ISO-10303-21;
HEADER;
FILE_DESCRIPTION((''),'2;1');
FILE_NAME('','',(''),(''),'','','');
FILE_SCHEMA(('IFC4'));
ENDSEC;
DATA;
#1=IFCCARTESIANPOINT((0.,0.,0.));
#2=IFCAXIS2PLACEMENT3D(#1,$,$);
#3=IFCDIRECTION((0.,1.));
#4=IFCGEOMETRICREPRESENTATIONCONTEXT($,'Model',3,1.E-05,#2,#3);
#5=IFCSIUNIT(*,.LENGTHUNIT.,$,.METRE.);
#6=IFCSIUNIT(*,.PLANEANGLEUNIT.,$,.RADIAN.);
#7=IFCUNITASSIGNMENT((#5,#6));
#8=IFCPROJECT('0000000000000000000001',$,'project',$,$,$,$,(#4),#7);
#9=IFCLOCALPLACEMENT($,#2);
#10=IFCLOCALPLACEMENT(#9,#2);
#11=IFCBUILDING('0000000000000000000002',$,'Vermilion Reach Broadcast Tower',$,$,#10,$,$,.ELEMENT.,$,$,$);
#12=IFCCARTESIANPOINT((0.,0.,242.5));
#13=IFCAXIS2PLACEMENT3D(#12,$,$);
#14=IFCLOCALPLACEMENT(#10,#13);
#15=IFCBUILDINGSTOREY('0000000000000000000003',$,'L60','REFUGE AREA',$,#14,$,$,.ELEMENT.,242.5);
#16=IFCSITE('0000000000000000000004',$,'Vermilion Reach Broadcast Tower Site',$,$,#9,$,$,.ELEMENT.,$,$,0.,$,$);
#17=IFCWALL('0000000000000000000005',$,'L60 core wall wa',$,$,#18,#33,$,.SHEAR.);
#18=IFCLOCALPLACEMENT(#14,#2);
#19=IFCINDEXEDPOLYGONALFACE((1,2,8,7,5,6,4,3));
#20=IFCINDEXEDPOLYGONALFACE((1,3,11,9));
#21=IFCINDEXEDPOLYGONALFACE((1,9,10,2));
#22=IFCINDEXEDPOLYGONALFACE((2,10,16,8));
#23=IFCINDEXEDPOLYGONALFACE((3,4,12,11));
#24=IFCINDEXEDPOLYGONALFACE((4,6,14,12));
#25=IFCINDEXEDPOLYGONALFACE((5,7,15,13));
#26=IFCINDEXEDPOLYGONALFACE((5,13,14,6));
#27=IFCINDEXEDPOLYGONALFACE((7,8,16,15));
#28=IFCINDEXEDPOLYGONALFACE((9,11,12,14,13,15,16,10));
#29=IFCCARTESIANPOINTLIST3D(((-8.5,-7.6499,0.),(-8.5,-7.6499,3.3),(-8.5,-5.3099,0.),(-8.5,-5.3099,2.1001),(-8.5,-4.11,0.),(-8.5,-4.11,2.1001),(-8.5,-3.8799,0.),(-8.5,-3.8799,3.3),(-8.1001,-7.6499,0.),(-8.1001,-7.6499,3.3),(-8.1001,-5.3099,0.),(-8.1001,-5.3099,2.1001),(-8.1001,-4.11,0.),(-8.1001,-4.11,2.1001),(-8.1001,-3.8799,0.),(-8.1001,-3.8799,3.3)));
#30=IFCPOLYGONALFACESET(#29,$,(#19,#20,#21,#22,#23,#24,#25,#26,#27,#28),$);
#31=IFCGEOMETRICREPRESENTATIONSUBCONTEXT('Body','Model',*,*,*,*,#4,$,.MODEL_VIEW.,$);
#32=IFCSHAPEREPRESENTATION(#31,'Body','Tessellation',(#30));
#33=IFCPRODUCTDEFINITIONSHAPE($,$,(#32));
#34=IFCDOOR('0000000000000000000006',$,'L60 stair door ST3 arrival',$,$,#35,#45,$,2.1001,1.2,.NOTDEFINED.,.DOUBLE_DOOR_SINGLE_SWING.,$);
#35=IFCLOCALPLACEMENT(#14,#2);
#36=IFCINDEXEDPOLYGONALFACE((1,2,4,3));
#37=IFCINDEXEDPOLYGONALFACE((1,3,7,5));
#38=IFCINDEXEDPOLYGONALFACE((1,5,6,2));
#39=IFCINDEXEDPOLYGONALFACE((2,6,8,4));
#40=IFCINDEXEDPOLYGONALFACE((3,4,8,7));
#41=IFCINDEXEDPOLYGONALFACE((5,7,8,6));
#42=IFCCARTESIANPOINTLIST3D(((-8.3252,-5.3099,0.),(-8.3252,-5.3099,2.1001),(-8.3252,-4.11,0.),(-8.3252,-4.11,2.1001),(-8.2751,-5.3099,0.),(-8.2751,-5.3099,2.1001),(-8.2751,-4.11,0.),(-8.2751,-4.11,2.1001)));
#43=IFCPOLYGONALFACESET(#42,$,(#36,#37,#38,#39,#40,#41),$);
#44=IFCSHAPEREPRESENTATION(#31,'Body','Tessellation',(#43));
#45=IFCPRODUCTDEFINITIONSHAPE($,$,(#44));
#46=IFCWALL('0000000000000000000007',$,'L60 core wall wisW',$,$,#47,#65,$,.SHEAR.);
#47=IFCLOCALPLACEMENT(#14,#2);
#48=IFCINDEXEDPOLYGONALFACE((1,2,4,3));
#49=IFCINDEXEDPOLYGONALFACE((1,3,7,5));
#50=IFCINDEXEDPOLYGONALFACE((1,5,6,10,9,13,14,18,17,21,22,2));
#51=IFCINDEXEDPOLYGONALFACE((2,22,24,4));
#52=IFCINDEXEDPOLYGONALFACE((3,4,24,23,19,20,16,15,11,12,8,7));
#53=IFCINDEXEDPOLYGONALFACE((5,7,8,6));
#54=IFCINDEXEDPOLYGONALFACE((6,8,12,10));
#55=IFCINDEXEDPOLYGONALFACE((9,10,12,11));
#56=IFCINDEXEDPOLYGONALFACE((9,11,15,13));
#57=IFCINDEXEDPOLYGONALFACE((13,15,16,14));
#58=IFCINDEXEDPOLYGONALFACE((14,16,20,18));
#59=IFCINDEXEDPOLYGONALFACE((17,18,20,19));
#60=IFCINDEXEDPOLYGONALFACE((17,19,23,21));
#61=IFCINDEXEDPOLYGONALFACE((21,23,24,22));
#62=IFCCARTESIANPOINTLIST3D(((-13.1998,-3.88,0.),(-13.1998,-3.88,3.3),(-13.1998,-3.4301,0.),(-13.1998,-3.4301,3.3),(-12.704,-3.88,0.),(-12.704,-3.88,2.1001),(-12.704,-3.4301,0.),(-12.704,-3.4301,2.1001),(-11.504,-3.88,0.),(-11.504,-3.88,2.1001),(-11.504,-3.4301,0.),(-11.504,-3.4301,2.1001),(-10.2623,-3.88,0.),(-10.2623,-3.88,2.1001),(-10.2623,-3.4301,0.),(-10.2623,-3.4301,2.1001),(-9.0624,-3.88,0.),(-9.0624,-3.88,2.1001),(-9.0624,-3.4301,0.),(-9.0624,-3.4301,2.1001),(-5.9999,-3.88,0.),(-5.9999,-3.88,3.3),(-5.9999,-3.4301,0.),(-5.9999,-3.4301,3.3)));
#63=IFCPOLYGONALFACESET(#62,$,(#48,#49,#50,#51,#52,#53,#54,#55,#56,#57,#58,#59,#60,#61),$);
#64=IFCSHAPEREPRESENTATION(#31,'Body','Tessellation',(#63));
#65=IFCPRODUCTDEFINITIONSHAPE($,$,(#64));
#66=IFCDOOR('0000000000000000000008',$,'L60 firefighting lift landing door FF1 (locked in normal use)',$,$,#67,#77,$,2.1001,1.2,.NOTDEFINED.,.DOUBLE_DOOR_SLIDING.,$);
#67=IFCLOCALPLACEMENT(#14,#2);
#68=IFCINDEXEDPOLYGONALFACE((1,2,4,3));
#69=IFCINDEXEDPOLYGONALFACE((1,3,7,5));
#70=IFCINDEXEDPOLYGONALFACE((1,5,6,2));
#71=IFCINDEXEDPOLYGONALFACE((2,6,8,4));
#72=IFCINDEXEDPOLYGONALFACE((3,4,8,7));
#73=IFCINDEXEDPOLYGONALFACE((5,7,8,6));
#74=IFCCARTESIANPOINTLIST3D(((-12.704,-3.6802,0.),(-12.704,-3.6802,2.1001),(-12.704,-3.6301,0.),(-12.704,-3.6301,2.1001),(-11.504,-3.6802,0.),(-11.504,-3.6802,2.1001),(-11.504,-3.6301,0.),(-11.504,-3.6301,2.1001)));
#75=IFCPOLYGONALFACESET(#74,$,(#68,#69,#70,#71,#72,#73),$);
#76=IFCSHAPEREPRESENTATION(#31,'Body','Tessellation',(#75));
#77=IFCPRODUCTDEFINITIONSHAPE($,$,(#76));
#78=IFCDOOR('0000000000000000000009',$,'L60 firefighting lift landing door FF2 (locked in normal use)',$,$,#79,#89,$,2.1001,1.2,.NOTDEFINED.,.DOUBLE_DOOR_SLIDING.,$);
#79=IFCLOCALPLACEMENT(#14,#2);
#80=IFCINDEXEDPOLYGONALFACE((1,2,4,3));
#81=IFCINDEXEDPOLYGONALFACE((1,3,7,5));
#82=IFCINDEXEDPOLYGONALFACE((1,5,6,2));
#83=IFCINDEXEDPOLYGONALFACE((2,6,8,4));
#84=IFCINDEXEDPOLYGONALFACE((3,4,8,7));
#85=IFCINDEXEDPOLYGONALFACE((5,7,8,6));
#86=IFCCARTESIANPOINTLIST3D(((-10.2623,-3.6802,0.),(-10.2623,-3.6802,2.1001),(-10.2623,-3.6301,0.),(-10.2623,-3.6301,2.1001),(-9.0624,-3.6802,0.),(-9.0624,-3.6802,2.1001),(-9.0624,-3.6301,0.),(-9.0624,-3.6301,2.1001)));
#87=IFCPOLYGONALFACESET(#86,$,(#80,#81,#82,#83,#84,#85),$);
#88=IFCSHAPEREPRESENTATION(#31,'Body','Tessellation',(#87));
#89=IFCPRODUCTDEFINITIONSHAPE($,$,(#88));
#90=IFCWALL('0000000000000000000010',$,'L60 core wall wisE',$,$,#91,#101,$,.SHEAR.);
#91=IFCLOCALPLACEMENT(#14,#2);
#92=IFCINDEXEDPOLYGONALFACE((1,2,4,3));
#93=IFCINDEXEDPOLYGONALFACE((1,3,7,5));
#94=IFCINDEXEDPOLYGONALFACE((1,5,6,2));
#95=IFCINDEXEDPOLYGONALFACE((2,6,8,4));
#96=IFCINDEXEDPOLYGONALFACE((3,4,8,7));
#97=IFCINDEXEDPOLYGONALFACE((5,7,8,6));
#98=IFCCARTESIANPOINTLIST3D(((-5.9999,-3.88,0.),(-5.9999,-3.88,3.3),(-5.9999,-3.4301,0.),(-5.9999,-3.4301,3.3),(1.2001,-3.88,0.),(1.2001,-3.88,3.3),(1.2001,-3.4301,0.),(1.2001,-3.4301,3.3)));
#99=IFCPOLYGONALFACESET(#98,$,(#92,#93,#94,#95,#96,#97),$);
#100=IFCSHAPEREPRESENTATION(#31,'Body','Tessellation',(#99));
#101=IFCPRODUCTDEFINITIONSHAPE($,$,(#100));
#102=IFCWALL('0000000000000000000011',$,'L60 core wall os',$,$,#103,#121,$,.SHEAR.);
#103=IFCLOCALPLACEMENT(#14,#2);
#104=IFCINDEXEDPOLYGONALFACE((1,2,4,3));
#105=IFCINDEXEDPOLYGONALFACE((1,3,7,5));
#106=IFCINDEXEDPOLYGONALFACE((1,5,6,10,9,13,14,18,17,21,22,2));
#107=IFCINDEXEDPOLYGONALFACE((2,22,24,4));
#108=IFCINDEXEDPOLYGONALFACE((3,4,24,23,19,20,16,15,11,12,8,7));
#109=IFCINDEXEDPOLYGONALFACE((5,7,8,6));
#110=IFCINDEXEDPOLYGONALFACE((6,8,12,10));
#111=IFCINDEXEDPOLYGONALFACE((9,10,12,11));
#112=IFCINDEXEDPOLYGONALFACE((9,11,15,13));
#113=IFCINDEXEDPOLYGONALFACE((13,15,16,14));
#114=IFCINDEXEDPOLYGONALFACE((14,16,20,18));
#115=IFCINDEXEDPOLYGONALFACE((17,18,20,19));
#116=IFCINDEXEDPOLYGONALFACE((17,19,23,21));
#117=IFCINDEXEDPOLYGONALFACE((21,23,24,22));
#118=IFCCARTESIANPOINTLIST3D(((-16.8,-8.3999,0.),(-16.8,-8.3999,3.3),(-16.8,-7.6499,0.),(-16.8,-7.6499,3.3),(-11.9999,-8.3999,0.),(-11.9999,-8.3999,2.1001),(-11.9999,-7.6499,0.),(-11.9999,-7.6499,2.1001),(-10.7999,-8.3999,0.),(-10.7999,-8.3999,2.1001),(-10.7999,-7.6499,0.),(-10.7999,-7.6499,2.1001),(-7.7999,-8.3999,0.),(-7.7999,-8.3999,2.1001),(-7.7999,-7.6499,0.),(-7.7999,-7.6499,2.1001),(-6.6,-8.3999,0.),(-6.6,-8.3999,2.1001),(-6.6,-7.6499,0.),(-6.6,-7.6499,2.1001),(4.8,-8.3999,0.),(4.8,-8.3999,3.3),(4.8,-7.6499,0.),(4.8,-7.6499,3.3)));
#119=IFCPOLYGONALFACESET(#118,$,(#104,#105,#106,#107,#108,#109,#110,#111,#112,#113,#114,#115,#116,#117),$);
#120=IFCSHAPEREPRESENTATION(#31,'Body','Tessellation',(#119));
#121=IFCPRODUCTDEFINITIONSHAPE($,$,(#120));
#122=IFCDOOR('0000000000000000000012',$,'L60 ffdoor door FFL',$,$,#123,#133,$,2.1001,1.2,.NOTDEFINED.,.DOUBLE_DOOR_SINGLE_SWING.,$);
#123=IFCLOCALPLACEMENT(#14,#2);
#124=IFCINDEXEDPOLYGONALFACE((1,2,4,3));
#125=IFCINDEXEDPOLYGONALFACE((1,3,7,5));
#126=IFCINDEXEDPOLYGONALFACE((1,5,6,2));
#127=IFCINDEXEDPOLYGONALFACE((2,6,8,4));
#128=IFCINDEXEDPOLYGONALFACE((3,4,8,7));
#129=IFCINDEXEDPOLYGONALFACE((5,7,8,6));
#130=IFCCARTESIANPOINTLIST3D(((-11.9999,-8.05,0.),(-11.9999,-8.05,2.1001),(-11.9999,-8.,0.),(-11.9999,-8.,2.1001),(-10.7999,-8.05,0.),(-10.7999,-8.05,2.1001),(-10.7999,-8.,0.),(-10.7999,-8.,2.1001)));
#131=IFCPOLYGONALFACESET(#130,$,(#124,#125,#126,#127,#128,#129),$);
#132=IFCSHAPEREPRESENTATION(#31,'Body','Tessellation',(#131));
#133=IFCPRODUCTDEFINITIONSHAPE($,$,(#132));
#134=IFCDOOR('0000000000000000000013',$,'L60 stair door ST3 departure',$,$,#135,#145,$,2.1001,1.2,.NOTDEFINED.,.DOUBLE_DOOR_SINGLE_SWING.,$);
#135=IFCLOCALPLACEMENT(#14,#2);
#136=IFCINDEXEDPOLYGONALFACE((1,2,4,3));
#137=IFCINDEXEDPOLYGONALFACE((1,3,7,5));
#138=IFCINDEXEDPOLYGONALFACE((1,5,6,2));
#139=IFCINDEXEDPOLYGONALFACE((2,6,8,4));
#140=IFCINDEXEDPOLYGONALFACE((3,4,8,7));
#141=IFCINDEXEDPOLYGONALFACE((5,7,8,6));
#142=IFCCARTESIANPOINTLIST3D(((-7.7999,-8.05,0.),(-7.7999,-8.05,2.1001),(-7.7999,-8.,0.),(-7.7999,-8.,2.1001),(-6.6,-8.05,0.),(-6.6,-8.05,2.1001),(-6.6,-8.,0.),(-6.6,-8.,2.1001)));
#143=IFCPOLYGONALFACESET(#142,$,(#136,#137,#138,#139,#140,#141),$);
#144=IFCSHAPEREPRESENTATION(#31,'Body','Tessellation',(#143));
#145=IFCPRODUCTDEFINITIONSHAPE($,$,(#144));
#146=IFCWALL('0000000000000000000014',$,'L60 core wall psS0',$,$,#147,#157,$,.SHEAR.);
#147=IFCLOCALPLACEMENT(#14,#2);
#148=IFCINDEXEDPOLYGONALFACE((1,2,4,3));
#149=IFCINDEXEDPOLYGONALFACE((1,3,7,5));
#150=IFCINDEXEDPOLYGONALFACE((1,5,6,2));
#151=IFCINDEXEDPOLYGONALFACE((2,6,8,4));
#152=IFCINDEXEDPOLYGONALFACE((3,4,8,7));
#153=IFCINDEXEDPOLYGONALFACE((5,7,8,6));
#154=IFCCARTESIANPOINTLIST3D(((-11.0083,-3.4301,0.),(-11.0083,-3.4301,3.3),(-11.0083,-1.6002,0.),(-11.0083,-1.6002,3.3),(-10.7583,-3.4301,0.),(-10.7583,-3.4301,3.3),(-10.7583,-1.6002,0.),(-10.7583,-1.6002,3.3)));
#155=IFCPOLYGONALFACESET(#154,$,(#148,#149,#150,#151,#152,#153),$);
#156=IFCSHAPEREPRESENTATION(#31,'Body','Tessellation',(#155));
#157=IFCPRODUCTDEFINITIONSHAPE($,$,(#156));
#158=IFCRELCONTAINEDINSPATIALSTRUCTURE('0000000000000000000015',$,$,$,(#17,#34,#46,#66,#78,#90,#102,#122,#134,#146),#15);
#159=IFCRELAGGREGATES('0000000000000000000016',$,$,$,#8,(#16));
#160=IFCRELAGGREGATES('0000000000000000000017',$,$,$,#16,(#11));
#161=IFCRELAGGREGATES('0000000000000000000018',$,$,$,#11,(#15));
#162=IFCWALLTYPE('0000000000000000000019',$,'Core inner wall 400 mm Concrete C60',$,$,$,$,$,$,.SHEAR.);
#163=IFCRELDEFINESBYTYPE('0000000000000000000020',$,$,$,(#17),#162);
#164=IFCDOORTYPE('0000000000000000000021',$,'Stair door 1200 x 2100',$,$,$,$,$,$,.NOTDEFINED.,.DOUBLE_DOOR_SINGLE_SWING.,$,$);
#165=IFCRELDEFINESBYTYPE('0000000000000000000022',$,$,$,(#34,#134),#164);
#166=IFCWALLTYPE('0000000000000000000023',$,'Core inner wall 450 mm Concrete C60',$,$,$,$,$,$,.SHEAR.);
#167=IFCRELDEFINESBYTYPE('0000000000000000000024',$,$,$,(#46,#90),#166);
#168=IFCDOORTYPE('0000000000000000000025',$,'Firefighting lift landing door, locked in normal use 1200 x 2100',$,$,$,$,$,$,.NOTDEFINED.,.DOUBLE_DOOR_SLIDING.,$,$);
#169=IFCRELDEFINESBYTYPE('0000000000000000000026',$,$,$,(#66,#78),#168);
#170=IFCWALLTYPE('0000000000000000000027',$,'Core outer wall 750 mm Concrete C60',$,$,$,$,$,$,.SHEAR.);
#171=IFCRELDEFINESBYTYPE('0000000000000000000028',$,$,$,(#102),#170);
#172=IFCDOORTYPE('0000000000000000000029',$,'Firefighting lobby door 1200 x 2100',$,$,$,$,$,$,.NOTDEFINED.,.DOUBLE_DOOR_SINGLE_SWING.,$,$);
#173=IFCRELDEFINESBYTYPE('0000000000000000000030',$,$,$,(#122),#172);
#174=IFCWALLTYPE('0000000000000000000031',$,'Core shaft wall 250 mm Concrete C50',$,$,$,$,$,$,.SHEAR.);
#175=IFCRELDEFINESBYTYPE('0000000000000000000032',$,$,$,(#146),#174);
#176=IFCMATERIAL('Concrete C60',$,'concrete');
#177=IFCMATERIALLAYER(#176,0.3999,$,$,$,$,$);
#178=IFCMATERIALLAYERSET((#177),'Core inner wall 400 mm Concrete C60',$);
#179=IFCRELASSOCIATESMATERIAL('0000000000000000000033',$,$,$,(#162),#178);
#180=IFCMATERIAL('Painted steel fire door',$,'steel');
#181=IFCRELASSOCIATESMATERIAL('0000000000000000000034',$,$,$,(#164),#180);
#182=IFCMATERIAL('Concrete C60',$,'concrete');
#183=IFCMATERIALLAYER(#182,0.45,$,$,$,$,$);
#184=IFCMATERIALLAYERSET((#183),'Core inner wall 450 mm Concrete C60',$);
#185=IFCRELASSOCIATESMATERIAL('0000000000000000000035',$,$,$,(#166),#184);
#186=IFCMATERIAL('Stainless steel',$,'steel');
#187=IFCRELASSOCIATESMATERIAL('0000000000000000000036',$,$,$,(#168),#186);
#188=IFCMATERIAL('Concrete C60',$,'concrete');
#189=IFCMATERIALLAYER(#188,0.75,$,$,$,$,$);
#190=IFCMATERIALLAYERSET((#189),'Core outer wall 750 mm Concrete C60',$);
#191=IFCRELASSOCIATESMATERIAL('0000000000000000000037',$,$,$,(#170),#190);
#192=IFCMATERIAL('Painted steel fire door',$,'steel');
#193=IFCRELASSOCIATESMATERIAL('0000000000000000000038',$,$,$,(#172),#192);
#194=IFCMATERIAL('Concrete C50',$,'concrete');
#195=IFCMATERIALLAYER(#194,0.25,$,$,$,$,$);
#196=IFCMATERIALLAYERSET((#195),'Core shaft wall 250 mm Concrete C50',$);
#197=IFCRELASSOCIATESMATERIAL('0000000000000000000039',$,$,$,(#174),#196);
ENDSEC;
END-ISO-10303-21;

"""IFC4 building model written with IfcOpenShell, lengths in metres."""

from ifc_helpers import new_model, si_unit, direction, frame, frame_2d, origin, place, context, subcontext, project, spatial, rectangle, extrude, material, layer, layer_set, type_object, element, fill, save


model = new_model("IFC4")

# Units and contexts
model_context = context("Model", 3, precision=1e-05, world=origin(), true_north=direction((0.0, 1.0)))
body_context = subcontext(model_context, "Body", "Model", "MODEL_VIEW")
ifc_project = project(units=[si_unit("LENGTHUNIT", "METRE"), si_unit("PLANEANGLEUNIT", "RADIAN")], contexts=[model_context])

# Site, building, storey
site_placement = place(None, origin())
site = spatial("IfcSite", under=ifc_project, at=site_placement, Name="Vermilion Reach Broadcast Tower Site", CompositionType="ELEMENT", RefElevation=0.0)
building_placement = place(site_placement, origin())
building = spatial("IfcBuilding", under=site, at=building_placement, Name="Vermilion Reach Broadcast Tower", CompositionType="ELEMENT")
storey_placement = place(building_placement, frame((0.0, 0.0, 242.5)))
storey = spatial("IfcBuildingStorey", under=building, at=storey_placement, Name="L60", Description="REFUGE AREA", CompositionType="ELEMENT", Elevation=242.5)

# Wall, opening, door
ifc_material_1 = material(Name="Concrete C60", Category="concrete")
ifc_layer_1 = layer(ifc_material_1, 0.3999)
ifc_layer_set_1 = layer_set([ifc_layer_1], Name="Core inner wall 400 mm Concrete C60")
wall_type_1 = type_object("IfcWallType", Name="Core inner wall 400 mm Concrete C60", PredefinedType="SHEAR", material=ifc_layer_set_1)
wall_1_placement = place(storey_placement, frame((-8.3, -3.8799, 0.0), z_axis=(0.0, 0.0, 1.0), x_axis=(0.0, -1.0, 0.0)))
wall_1 = element("IfcWall", 1, at=wall_1_placement, inside=storey, type_object=wall_type_1, Name="L60 core wall wa", PredefinedType="SHEAR", context=body_context, shape_type="SweptSolid", body=[
    extrude(rectangle(XDim=3.77, YDim=0.3999, at=frame_2d((1.885, 0.0))), origin(), (0.0, 0.0, 1.0), 3.3),
])
opening_1_placement = place(wall_1_placement, frame((0.23, 0.0, 0.0)))
opening_1 = element("IfcOpeningElement", 2, at=opening_1_placement, cuts=wall_1, PredefinedType="OPENING", context=body_context, shape_type="SweptSolid", body=[
    extrude(rectangle(XDim=1.2, YDim=2.1001, at=frame_2d((0.6001, 1.05))), frame((0.0, 0.21, 0.0), z_axis=(0.0, -1.0, 0.0), x_axis=(1.0, 0.0, 0.0)), (0.0, 0.0, 1.0), 0.4199),
])
ifc_material_2 = material(Name="Painted steel fire door", Category="steel")
door_type_1 = type_object("IfcDoorType", Name="Stair door 1200 x 2100", OperationType="DOUBLE_DOOR_SINGLE_SWING", PredefinedType="NOTDEFINED", material=ifc_material_2)
door_1_placement = place(opening_1_placement, origin())
door_1 = element("IfcDoor", 3, at=door_1_placement, inside=storey, type_object=door_type_1, Name="L60 stair door ST3 arrival", OperationType="DOUBLE_DOOR_SINGLE_SWING", OverallHeight=2.1001, OverallWidth=1.2, PredefinedType="NOTDEFINED", context=body_context, shape_type="SweptSolid", body=[
    extrude(rectangle(XDim=1.2, YDim=2.1001, at=frame_2d((0.6001, 1.05))), frame((0.0, 0.0249, 0.0), z_axis=(0.0, -1.0, 0.0), x_axis=(1.0, 0.0, 0.0)), (0.0, 0.0, 1.0), 0.05),
])
fill(opening_1, door_1)

# Wall, openings, doors
ifc_material_3 = material(Name="Concrete C60", Category="concrete")
ifc_layer_2 = layer(ifc_material_3, 0.45)
ifc_layer_set_2 = layer_set([ifc_layer_2], Name="Core inner wall 450 mm Concrete C60")
wall_type_2 = type_object("IfcWallType", Name="Core inner wall 450 mm Concrete C60", PredefinedType="SHEAR", material=ifc_layer_set_2)
wall_2_placement = place(storey_placement, frame((-13.2, -3.655, 0.0), z_axis=(0.0, 0.0, 1.0), x_axis=(1.0, 0.0, 0.0)))
wall_2 = element("IfcWall", 4, at=wall_2_placement, inside=storey, type_object=wall_type_2, Name="L60 core wall wisW", PredefinedType="SHEAR", context=body_context, shape_type="SweptSolid", body=[
    extrude(rectangle(XDim=7.2, YDim=0.45, at=frame_2d((3.6001, 0.0))), origin(), (0.0, 0.0, 1.0), 3.3),
])
opening_2_placement = place(wall_2_placement, frame((0.4958, 0.0, 0.0)))
opening_2 = element("IfcOpeningElement", 5, at=opening_2_placement, cuts=wall_2, PredefinedType="OPENING", context=body_context, shape_type="SweptSolid", body=[
    extrude(rectangle(XDim=1.2, YDim=2.1001, at=frame_2d((0.6001, 1.05))), frame((0.0, 0.2349, 0.0), z_axis=(0.0, -1.0, 0.0), x_axis=(1.0, 0.0, 0.0)), (0.0, 0.0, 1.0), 0.47),
])
opening_3_placement = place(wall_2_placement, frame((2.9375, 0.0, 0.0)))
opening_3 = element("IfcOpeningElement", 6, at=opening_3_placement, cuts=wall_2, PredefinedType="OPENING", context=body_context, shape_type="SweptSolid", body=[
    extrude(rectangle(XDim=1.2, YDim=2.1001, at=frame_2d((0.6001, 1.05))), frame((0.0, 0.2349, 0.0), z_axis=(0.0, -1.0, 0.0), x_axis=(1.0, 0.0, 0.0)), (0.0, 0.0, 1.0), 0.47),
])
ifc_material_4 = material(Name="Stainless steel", Category="steel")
door_type_2 = type_object("IfcDoorType", Name="Firefighting lift landing door, locked in normal use 1200 x 2100", OperationType="DOUBLE_DOOR_SLIDING", PredefinedType="NOTDEFINED", material=ifc_material_4)
door_2_placement = place(opening_2_placement, origin())
door_2 = element("IfcDoor", 7, at=door_2_placement, inside=storey, type_object=door_type_2, Name="L60 firefighting lift landing door FF1 (locked in normal use)", OperationType="DOUBLE_DOOR_SLIDING", OverallHeight=2.1001, OverallWidth=1.2, PredefinedType="NOTDEFINED", context=body_context, shape_type="SweptSolid", body=[
    extrude(rectangle(XDim=1.2, YDim=2.1001, at=frame_2d((0.6001, 1.05))), frame((0.0, 0.0249, 0.0), z_axis=(0.0, -1.0, 0.0), x_axis=(1.0, 0.0, 0.0)), (0.0, 0.0, 1.0), 0.05),
])
fill(opening_2, door_2)
door_3_placement = place(opening_3_placement, origin())
door_3 = element("IfcDoor", 8, at=door_3_placement, inside=storey, type_object=door_type_2, Name="L60 firefighting lift landing door FF2 (locked in normal use)", OperationType="DOUBLE_DOOR_SLIDING", OverallHeight=2.1001, OverallWidth=1.2, PredefinedType="NOTDEFINED", context=body_context, shape_type="SweptSolid", body=[
    extrude(rectangle(XDim=1.2, YDim=2.1001, at=frame_2d((0.6001, 1.05))), frame((0.0, 0.0249, 0.0), z_axis=(0.0, -1.0, 0.0), x_axis=(1.0, 0.0, 0.0)), (0.0, 0.0, 1.0), 0.05),
])
fill(opening_3, door_3)

# Wall
wall_3_placement = place(storey_placement, frame((-6.0, -3.655, 0.0), z_axis=(0.0, 0.0, 1.0), x_axis=(1.0, 0.0, 0.0)))
element("IfcWall", 9, at=wall_3_placement, inside=storey, type_object=wall_type_2, Name="L60 core wall wisE", PredefinedType="SHEAR", context=body_context, shape_type="SweptSolid", body=[
    extrude(rectangle(XDim=7.2, YDim=0.45, at=frame_2d((3.6001, 0.0))), origin(), (0.0, 0.0, 1.0), 3.3),
])

# Wall, openings, doors
ifc_material_5 = material(Name="Concrete C60", Category="concrete")
ifc_layer_3 = layer(ifc_material_5, 0.75)
ifc_layer_set_3 = layer_set([ifc_layer_3], Name="Core outer wall 750 mm Concrete C60")
wall_type_3 = type_object("IfcWallType", Name="Core outer wall 750 mm Concrete C60", PredefinedType="SHEAR", material=ifc_layer_set_3)
wall_4_placement = place(storey_placement, frame((-16.8, -8.0249, 0.0), z_axis=(0.0, 0.0, 1.0), x_axis=(1.0, 0.0, 0.0)))
wall_4 = element("IfcWall", 10, at=wall_4_placement, inside=storey, type_object=wall_type_3, Name="L60 core wall os", PredefinedType="SHEAR", context=body_context, shape_type="SweptSolid", body=[
    extrude(rectangle(XDim=21.6001, YDim=0.75, at=frame_2d((10.8, 0.0))), origin(), (0.0, 0.0, 1.0), 3.3),
])
opening_4_placement = place(wall_4_placement, frame((9.0, 0.0, 0.0)))
opening_4 = element("IfcOpeningElement", 11, at=opening_4_placement, cuts=wall_4, PredefinedType="OPENING", context=body_context, shape_type="SweptSolid", body=[
    extrude(rectangle(XDim=1.2, YDim=2.1001, at=frame_2d((0.6001, 1.05))), frame((0.0, 0.385, 0.0), z_axis=(0.0, -1.0, 0.0), x_axis=(1.0, 0.0, 0.0)), (0.0, 0.0, 1.0), 0.77),
])
opening_5_placement = place(wall_4_placement, frame((4.8, 0.0, 0.0)))
opening_5 = element("IfcOpeningElement", 12, at=opening_5_placement, cuts=wall_4, PredefinedType="OPENING", context=body_context, shape_type="SweptSolid", body=[
    extrude(rectangle(XDim=1.2, YDim=2.1001, at=frame_2d((0.6001, 1.05))), frame((0.0, 0.385, 0.0), z_axis=(0.0, -1.0, 0.0), x_axis=(1.0, 0.0, 0.0)), (0.0, 0.0, 1.0), 0.77),
])
ifc_material_6 = material(Name="Painted steel fire door", Category="steel")
door_type_3 = type_object("IfcDoorType", Name="Firefighting lobby door 1200 x 2100", OperationType="DOUBLE_DOOR_SINGLE_SWING", PredefinedType="NOTDEFINED", material=ifc_material_6)
door_4_placement = place(opening_5_placement, origin())
door_4 = element("IfcDoor", 13, at=door_4_placement, inside=storey, type_object=door_type_3, Name="L60 ffdoor door FFL", OperationType="DOUBLE_DOOR_SINGLE_SWING", OverallHeight=2.1001, OverallWidth=1.2, PredefinedType="NOTDEFINED", context=body_context, shape_type="SweptSolid", body=[
    extrude(rectangle(XDim=1.2, YDim=2.1001, at=frame_2d((0.6001, 1.05))), frame((0.0, 0.0249, 0.0), z_axis=(0.0, -1.0, 0.0), x_axis=(1.0, 0.0, 0.0)), (0.0, 0.0, 1.0), 0.05),
])
fill(opening_5, door_4)
door_5_placement = place(opening_4_placement, origin())
door_5 = element("IfcDoor", 14, at=door_5_placement, inside=storey, type_object=door_type_1, Name="L60 stair door ST3 departure", OperationType="DOUBLE_DOOR_SINGLE_SWING", OverallHeight=2.1001, OverallWidth=1.2, PredefinedType="NOTDEFINED", context=body_context, shape_type="SweptSolid", body=[
    extrude(rectangle(XDim=1.2, YDim=2.1001, at=frame_2d((0.6001, 1.05))), frame((0.0, 0.0249, 0.0), z_axis=(0.0, -1.0, 0.0), x_axis=(1.0, 0.0, 0.0)), (0.0, 0.0, 1.0), 0.05),
])
fill(opening_4, door_5)

# Wall
ifc_material_7 = material(Name="Concrete C50", Category="concrete")
ifc_layer_4 = layer(ifc_material_7, 0.25)
ifc_layer_set_4 = layer_set([ifc_layer_4], Name="Core shaft wall 250 mm Concrete C50")
wall_type_4 = type_object("IfcWallType", Name="Core shaft wall 250 mm Concrete C50", PredefinedType="SHEAR", material=ifc_layer_set_4)
for number, where, z_axis, x_axis, name in (
    (15, (-10.8833, -1.6001, 0.0), (0.0, 0.0, 1.0), (0.0, -1.0, 0.0), "L60 core wall psS0"),
):
    element("IfcWall", number, at=place(storey_placement, frame(where, z_axis=z_axis, x_axis=x_axis)), inside=storey, type_object=wall_type_4, Name=name, PredefinedType="SHEAR", context=body_context, shape_type="SweptSolid", body=[
        extrude(rectangle(XDim=1.8298, YDim=0.25, at=frame_2d((0.915, 0.0))), origin(), (0.0, 0.0, 1.0), 3.3),
    ])

save(model, "model.ifc")
